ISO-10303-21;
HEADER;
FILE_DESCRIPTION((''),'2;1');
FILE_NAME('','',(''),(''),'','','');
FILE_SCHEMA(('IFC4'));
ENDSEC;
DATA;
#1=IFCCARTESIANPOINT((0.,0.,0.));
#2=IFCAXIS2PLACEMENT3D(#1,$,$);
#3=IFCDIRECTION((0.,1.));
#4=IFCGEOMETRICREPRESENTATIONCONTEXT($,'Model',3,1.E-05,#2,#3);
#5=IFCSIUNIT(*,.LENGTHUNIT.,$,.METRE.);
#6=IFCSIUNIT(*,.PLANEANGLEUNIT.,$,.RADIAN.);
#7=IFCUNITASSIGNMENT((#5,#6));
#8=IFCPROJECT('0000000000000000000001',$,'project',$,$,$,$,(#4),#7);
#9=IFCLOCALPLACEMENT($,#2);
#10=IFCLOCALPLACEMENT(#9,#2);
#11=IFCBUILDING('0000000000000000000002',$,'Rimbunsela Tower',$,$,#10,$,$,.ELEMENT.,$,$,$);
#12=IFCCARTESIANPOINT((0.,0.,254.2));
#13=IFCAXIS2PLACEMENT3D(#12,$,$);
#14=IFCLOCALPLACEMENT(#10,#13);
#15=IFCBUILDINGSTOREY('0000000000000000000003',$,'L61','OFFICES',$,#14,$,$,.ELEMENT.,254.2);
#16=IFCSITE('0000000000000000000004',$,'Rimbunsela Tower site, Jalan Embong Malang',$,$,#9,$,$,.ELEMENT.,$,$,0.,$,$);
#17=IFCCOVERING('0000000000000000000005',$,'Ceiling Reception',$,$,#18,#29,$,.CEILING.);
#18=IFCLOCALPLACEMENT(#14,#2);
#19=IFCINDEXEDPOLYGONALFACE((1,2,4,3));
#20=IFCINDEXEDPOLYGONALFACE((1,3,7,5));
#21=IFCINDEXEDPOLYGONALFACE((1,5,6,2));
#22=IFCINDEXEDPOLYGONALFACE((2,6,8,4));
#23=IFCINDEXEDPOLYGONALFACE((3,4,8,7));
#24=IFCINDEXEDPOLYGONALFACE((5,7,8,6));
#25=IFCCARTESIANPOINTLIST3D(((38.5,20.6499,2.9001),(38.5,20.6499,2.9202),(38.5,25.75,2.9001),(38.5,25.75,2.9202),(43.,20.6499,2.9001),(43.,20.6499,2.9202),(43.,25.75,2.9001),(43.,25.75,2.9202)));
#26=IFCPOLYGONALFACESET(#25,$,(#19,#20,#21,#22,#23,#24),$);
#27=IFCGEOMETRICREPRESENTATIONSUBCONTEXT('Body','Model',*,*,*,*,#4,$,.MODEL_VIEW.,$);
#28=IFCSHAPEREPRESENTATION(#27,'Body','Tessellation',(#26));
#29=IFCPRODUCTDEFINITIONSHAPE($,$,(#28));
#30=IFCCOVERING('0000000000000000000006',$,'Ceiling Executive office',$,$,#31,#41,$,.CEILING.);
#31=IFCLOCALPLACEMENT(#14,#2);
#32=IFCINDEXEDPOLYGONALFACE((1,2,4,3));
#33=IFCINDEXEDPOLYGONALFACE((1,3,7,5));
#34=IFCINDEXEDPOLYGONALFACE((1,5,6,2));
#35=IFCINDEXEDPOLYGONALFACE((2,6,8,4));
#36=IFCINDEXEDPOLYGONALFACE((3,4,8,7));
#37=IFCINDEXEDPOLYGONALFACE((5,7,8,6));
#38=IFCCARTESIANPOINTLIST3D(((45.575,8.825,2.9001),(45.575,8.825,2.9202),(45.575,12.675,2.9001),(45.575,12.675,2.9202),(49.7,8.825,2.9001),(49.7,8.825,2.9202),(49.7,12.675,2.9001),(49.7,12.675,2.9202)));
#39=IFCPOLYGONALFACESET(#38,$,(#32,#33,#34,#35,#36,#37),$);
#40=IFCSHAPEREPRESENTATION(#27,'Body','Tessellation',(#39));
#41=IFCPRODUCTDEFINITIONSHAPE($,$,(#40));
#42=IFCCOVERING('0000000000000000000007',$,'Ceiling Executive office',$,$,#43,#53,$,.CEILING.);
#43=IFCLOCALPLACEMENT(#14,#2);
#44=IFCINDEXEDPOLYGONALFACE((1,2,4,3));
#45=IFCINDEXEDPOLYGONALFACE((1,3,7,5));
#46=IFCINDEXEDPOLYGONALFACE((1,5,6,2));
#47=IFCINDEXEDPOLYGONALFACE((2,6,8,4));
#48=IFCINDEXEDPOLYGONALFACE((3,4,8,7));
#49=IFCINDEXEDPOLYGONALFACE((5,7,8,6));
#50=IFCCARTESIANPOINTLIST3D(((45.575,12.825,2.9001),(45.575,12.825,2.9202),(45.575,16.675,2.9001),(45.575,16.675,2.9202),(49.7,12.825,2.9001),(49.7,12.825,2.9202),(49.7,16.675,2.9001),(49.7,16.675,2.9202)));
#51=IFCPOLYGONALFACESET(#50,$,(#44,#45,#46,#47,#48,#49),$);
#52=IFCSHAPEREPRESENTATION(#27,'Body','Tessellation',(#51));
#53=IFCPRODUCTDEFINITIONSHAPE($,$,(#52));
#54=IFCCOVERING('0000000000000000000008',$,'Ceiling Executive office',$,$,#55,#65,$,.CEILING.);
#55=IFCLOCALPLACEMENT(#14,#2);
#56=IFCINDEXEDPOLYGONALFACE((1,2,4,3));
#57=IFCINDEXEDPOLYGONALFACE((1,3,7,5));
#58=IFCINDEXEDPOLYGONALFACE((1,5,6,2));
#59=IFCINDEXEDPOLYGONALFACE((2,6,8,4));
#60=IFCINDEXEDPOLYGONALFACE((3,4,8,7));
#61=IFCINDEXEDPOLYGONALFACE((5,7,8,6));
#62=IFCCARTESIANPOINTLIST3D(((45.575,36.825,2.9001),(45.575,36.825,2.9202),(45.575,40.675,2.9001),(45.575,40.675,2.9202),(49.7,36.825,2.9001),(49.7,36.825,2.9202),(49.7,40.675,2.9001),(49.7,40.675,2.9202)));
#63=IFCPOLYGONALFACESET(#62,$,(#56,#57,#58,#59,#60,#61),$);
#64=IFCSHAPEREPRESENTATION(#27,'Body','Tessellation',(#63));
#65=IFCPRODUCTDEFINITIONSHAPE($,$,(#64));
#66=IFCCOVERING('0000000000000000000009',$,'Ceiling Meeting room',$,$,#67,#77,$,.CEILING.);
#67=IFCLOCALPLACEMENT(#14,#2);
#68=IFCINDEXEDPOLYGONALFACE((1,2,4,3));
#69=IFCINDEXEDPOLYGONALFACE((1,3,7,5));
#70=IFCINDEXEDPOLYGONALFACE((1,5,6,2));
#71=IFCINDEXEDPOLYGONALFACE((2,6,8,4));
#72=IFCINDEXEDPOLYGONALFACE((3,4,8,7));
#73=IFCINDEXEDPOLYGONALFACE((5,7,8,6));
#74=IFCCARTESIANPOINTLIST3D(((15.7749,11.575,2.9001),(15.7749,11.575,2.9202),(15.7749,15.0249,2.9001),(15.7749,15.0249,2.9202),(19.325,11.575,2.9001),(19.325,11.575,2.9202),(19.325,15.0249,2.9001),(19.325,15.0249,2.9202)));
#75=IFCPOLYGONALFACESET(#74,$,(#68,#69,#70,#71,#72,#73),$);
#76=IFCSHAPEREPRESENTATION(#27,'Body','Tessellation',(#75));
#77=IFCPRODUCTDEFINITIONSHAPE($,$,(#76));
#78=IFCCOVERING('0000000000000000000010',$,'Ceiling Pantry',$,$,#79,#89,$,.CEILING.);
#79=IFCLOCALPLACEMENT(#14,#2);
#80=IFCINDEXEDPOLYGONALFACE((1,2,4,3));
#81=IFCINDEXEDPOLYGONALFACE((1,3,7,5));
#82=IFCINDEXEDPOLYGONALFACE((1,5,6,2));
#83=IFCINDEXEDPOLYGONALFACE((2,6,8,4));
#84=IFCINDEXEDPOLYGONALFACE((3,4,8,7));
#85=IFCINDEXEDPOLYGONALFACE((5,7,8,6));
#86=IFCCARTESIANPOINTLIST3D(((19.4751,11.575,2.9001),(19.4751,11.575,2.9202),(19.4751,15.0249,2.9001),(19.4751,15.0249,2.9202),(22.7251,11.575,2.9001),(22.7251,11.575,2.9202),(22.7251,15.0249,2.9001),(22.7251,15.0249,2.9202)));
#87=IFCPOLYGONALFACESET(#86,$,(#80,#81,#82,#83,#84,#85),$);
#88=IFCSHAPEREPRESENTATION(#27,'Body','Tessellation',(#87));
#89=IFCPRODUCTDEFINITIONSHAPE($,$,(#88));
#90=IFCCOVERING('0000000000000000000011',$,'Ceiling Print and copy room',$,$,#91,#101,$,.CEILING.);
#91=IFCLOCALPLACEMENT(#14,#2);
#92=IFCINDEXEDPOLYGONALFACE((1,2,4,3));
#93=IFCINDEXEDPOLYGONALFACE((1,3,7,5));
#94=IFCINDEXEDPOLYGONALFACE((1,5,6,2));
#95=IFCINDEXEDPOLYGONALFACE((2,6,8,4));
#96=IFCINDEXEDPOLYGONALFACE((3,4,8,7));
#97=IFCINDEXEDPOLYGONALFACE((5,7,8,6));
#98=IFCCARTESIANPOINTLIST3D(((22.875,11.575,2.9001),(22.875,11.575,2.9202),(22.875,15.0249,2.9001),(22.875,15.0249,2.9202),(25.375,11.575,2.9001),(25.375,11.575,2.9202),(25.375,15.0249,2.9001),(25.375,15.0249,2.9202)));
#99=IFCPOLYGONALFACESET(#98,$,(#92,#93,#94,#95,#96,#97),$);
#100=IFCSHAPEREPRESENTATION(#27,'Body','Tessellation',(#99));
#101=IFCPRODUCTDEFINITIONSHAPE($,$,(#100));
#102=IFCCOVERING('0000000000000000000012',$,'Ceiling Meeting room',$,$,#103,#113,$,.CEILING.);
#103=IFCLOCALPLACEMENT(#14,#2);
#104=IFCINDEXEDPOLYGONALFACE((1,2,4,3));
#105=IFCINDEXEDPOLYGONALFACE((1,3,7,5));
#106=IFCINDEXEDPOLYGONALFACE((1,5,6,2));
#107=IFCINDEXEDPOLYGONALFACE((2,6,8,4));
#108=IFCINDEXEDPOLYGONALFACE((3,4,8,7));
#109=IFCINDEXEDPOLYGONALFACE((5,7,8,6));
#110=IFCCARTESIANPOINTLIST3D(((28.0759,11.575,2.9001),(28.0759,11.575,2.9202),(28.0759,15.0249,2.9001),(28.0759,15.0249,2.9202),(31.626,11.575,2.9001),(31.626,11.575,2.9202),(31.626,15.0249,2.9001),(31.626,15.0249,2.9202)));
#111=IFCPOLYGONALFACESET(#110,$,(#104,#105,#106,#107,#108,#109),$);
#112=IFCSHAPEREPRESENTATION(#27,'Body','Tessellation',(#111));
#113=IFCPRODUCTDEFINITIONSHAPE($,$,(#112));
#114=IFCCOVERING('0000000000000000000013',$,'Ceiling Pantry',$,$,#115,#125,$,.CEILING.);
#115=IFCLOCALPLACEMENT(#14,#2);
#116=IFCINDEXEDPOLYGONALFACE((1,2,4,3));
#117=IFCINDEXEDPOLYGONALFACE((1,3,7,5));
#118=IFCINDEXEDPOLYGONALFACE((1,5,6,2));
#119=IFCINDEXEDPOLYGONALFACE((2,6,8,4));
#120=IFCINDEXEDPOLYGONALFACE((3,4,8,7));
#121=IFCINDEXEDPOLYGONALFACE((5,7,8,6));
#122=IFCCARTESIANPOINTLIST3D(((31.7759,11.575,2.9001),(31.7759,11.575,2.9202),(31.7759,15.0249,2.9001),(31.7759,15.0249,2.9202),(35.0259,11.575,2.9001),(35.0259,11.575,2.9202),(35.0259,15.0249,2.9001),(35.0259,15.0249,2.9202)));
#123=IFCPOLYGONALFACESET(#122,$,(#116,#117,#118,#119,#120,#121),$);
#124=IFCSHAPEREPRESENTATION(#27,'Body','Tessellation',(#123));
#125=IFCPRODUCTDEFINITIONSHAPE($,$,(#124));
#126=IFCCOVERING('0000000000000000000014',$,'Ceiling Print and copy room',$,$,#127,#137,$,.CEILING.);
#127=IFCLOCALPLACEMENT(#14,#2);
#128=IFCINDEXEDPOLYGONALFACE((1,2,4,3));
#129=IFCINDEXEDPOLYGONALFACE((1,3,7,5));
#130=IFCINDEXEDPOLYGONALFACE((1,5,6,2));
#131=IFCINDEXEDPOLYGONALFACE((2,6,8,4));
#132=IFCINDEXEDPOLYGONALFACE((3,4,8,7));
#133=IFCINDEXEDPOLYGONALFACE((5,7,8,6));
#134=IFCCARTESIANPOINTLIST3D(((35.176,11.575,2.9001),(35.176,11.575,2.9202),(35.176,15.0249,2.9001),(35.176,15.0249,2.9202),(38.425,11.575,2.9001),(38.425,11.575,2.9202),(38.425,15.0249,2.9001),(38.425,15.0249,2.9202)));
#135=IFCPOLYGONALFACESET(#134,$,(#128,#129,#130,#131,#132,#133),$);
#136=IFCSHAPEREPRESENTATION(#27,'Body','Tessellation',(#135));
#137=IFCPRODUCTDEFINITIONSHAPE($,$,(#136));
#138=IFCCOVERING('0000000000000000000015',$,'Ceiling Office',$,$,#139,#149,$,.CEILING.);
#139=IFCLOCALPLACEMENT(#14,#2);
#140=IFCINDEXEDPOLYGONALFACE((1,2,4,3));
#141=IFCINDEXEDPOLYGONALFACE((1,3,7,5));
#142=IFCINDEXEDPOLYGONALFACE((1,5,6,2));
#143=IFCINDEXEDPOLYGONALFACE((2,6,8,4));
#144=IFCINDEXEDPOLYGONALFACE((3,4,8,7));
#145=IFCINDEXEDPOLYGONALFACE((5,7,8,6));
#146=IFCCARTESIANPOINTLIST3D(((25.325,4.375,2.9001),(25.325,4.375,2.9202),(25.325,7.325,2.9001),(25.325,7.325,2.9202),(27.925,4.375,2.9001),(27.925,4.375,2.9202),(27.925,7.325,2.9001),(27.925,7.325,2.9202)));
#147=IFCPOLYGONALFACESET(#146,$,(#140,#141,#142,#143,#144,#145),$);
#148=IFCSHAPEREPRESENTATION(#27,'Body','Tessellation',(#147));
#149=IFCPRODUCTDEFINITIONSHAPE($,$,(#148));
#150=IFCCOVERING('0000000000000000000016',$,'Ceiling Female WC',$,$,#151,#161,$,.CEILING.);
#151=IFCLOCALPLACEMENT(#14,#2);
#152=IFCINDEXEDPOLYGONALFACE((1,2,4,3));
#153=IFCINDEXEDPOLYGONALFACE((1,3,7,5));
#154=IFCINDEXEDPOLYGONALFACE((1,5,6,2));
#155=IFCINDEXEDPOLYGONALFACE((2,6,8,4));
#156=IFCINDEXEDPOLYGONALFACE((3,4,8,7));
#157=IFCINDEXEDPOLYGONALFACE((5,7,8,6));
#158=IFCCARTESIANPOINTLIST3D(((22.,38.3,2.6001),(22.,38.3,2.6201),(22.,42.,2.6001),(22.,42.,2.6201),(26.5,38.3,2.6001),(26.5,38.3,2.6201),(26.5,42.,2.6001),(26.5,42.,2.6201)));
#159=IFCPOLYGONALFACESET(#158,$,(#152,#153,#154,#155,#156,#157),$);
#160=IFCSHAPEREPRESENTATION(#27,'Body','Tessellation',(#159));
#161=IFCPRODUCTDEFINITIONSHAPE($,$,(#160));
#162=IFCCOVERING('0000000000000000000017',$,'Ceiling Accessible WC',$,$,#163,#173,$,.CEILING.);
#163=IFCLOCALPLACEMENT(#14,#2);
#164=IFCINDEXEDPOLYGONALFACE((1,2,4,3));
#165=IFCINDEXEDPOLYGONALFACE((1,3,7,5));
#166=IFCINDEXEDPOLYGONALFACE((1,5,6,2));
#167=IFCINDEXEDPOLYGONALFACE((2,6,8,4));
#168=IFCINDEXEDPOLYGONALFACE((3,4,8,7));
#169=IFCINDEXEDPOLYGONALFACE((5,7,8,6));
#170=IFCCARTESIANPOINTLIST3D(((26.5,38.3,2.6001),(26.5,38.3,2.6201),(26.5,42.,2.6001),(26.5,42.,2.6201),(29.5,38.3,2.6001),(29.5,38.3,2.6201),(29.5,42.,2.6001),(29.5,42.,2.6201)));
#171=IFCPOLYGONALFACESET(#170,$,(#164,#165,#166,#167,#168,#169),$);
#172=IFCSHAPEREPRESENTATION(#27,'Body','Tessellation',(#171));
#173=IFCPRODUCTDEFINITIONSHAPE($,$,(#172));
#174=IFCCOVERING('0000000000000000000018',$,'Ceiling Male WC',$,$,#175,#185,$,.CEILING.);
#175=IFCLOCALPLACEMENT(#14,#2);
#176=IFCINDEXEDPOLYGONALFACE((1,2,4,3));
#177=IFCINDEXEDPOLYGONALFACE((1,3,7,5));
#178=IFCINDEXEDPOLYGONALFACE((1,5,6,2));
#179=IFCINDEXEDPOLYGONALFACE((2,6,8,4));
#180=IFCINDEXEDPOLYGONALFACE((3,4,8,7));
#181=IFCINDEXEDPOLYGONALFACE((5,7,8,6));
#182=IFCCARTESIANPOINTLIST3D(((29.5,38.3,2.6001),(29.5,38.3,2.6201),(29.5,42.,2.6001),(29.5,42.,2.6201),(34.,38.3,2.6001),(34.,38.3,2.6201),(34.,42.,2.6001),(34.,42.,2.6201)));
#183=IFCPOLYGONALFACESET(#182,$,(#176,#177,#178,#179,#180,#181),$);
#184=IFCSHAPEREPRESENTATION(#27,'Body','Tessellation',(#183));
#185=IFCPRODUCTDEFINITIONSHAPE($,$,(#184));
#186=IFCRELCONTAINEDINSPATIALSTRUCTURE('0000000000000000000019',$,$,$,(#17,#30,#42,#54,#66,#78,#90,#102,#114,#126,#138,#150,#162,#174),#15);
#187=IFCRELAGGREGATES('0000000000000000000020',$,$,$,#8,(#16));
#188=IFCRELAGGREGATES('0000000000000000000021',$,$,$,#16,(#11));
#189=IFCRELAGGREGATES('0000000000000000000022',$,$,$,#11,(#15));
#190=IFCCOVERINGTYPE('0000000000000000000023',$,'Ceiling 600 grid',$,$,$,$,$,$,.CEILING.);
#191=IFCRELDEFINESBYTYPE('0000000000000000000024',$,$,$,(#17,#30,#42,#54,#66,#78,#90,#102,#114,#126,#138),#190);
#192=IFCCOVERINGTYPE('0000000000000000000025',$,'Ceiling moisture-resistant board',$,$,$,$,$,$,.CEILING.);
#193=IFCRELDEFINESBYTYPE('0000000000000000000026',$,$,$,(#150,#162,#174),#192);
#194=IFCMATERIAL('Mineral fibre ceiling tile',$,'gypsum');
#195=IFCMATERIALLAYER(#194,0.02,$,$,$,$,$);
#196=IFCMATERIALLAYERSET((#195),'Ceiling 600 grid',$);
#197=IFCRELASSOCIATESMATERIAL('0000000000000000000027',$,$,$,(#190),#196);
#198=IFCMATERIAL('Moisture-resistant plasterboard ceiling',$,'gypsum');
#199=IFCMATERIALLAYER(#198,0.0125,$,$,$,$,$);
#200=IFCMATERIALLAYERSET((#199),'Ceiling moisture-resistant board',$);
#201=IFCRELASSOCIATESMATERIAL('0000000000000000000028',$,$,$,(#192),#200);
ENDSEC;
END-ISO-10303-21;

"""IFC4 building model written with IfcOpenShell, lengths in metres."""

from ifc_helpers import new_model, si_unit, direction, frame, origin, place, context, subcontext, project, spatial, polyline, outline, extrude, material, layer, layer_set, type_object, element, save


model = new_model("IFC4")

# Units and contexts
model_context = context("Model", 3, precision=1e-05, world=origin(), true_north=direction((0.0, 1.0)))
body_context = subcontext(model_context, "Body", "Model", "MODEL_VIEW")
ifc_project = project(units=[si_unit("LENGTHUNIT", "METRE"), si_unit("PLANEANGLEUNIT", "RADIAN")], contexts=[model_context])

# Site, building, storey
site_placement = place(None, origin())
site = spatial("IfcSite", under=ifc_project, at=site_placement, Name="Rimbunsela Tower site, Jalan Embong Malang", CompositionType="ELEMENT", RefElevation=0.0)
building_placement = place(site_placement, origin())
building = spatial("IfcBuilding", under=site, at=building_placement, Name="Rimbunsela Tower", CompositionType="ELEMENT")
storey_placement = place(building_placement, frame((0.0, 0.0, 254.2)))
storey = spatial("IfcBuildingStorey", under=building, at=storey_placement, Name="L61", Description="OFFICES", CompositionType="ELEMENT", Elevation=254.2)

# Coverings
ifc_material_1 = material(Name="Mineral fibre ceiling tile", Category="gypsum")
ifc_layer_1 = layer(ifc_material_1, 0.02)
ifc_layer_set_1 = layer_set([ifc_layer_1], Name="Ceiling 600 grid")
covering_type_1 = type_object("IfcCoveringType", Name="Ceiling 600 grid", PredefinedType="CEILING", material=ifc_layer_set_1)
covering_1_placement = place(storey_placement, frame((0.0, 0.0, 2.9001)))
element("IfcCovering", 1, at=covering_1_placement, inside=storey, type_object=covering_type_1, Name="Ceiling Reception", PredefinedType="CEILING", context=body_context, shape_type="SweptSolid", body=[
    extrude(outline(polyline([(43.0, 20.6499), (43.0, 25.75), (38.5, 25.75), (38.5, 20.6499), (43.0, 20.6499)])), origin(), (0.0, 0.0, 1.0), 0.02),
])
covering_2_placement = place(storey_placement, frame((0.0, 0.0, 2.9001)))
element("IfcCovering", 2, at=covering_2_placement, inside=storey, type_object=covering_type_1, Name="Ceiling Executive office", PredefinedType="CEILING", context=body_context, shape_type="SweptSolid", body=[
    extrude(outline(polyline([(49.7, 8.825), (49.7, 12.675), (45.575, 12.675), (45.575, 8.825), (49.7, 8.825)])), origin(), (0.0, 0.0, 1.0), 0.02),
])
covering_3_placement = place(storey_placement, frame((0.0, 0.0, 2.9001)))
element("IfcCovering", 3, at=covering_3_placement, inside=storey, type_object=covering_type_1, Name="Ceiling Executive office", PredefinedType="CEILING", context=body_context, shape_type="SweptSolid", body=[
    extrude(outline(polyline([(49.7, 12.825), (49.7, 16.675), (45.575, 16.675), (45.575, 12.825), (49.7, 12.825)])), origin(), (0.0, 0.0, 1.0), 0.02),
])
covering_4_placement = place(storey_placement, frame((0.0, 0.0, 2.9001)))
element("IfcCovering", 4, at=covering_4_placement, inside=storey, type_object=covering_type_1, Name="Ceiling Executive office", PredefinedType="CEILING", context=body_context, shape_type="SweptSolid", body=[
    extrude(outline(polyline([(49.7, 36.825), (49.7, 40.675), (45.575, 40.675), (45.575, 36.825), (49.7, 36.825)])), origin(), (0.0, 0.0, 1.0), 0.02),
])
covering_5_placement = place(storey_placement, frame((0.0, 0.0, 2.9001)))
element("IfcCovering", 5, at=covering_5_placement, inside=storey, type_object=covering_type_1, Name="Ceiling Meeting room", PredefinedType="CEILING", context=body_context, shape_type="SweptSolid", body=[
    extrude(outline(polyline([(19.325, 11.575), (19.325, 15.0249), (15.7749, 15.0249), (15.7749, 11.575), (19.325, 11.575)])), origin(), (0.0, 0.0, 1.0), 0.02),
])
covering_6_placement = place(storey_placement, frame((0.0, 0.0, 2.9001)))
element("IfcCovering", 6, at=covering_6_placement, inside=storey, type_object=covering_type_1, Name="Ceiling Pantry", PredefinedType="CEILING", context=body_context, shape_type="SweptSolid", body=[
    extrude(outline(polyline([(22.7251, 11.575), (22.7251, 15.0249), (19.4751, 15.0249), (19.4751, 11.575), (22.7251, 11.575)])), origin(), (0.0, 0.0, 1.0), 0.02),
])
covering_7_placement = place(storey_placement, frame((0.0, 0.0, 2.9001)))
element("IfcCovering", 7, at=covering_7_placement, inside=storey, type_object=covering_type_1, Name="Ceiling Print and copy room", PredefinedType="CEILING", context=body_context, shape_type="SweptSolid", body=[
    extrude(outline(polyline([(25.375, 11.575), (25.375, 15.0249), (22.875, 15.0249), (22.875, 11.575), (25.375, 11.575)])), origin(), (0.0, 0.0, 1.0), 0.02),
])
covering_8_placement = place(storey_placement, frame((0.0, 0.0, 2.9001)))
element("IfcCovering", 8, at=covering_8_placement, inside=storey, type_object=covering_type_1, Name="Ceiling Meeting room", PredefinedType="CEILING", context=body_context, shape_type="SweptSolid", body=[
    extrude(outline(polyline([(31.626, 11.575), (31.626, 15.0249), (28.0759, 15.0249), (28.0759, 11.575), (31.626, 11.575)])), origin(), (0.0, 0.0, 1.0), 0.02),
])
covering_9_placement = place(storey_placement, frame((0.0, 0.0, 2.9001)))
element("IfcCovering", 9, at=covering_9_placement, inside=storey, type_object=covering_type_1, Name="Ceiling Pantry", PredefinedType="CEILING", context=body_context, shape_type="SweptSolid", body=[
    extrude(outline(polyline([(35.0259, 11.575), (35.0259, 15.0249), (31.7759, 15.0249), (31.7759, 11.575), (35.0259, 11.575)])), origin(), (0.0, 0.0, 1.0), 0.02),
])
covering_10_placement = place(storey_placement, frame((0.0, 0.0, 2.9001)))
element("IfcCovering", 10, at=covering_10_placement, inside=storey, type_object=covering_type_1, Name="Ceiling Print and copy room", PredefinedType="CEILING", context=body_context, shape_type="SweptSolid", body=[
    extrude(outline(polyline([(38.425, 11.575), (38.425, 15.0249), (35.176, 15.0249), (35.176, 11.575), (38.425, 11.575)])), origin(), (0.0, 0.0, 1.0), 0.02),
])
covering_11_placement = place(storey_placement, frame((0.0, 0.0, 2.9001)))
element("IfcCovering", 11, at=covering_11_placement, inside=storey, type_object=covering_type_1, Name="Ceiling Office", PredefinedType="CEILING", context=body_context, shape_type="SweptSolid", body=[
    extrude(outline(polyline([(27.925, 4.375), (27.925, 7.325), (25.325, 7.325), (25.325, 4.375), (27.925, 4.375)])), origin(), (0.0, 0.0, 1.0), 0.02),
])
ifc_material_2 = material(Name="Moisture-resistant plasterboard ceiling", Category="gypsum")
ifc_layer_2 = layer(ifc_material_2, 0.0125)
ifc_layer_set_2 = layer_set([ifc_layer_2], Name="Ceiling moisture-resistant board")
covering_type_2 = type_object("IfcCoveringType", Name="Ceiling moisture-resistant board", PredefinedType="CEILING", material=ifc_layer_set_2)
covering_12_placement = place(storey_placement, frame((0.0, 0.0, 2.6001)))
element("IfcCovering", 12, at=covering_12_placement, inside=storey, type_object=covering_type_2, Name="Ceiling Female WC", PredefinedType="CEILING", context=body_context, shape_type="SweptSolid", body=[
    extrude(outline(polyline([(26.5, 38.3), (26.5, 42.0), (22.0, 42.0), (22.0, 38.3), (26.5, 38.3)])), origin(), (0.0, 0.0, 1.0), 0.02),
])
covering_13_placement = place(storey_placement, frame((0.0, 0.0, 2.6001)))
element("IfcCovering", 13, at=covering_13_placement, inside=storey, type_object=covering_type_2, Name="Ceiling Accessible WC", PredefinedType="CEILING", context=body_context, shape_type="SweptSolid", body=[
    extrude(outline(polyline([(29.5, 38.3), (29.5, 42.0), (26.5, 42.0), (26.5, 38.3), (29.5, 38.3)])), origin(), (0.0, 0.0, 1.0), 0.02),
])
covering_14_placement = place(storey_placement, frame((0.0, 0.0, 2.6001)))
element("IfcCovering", 14, at=covering_14_placement, inside=storey, type_object=covering_type_2, Name="Ceiling Male WC", PredefinedType="CEILING", context=body_context, shape_type="SweptSolid", body=[
    extrude(outline(polyline([(34.0, 38.3), (34.0, 42.0), (29.5, 42.0), (29.5, 38.3), (34.0, 38.3)])), origin(), (0.0, 0.0, 1.0), 0.02),
])

save(model, "model.ifc")
